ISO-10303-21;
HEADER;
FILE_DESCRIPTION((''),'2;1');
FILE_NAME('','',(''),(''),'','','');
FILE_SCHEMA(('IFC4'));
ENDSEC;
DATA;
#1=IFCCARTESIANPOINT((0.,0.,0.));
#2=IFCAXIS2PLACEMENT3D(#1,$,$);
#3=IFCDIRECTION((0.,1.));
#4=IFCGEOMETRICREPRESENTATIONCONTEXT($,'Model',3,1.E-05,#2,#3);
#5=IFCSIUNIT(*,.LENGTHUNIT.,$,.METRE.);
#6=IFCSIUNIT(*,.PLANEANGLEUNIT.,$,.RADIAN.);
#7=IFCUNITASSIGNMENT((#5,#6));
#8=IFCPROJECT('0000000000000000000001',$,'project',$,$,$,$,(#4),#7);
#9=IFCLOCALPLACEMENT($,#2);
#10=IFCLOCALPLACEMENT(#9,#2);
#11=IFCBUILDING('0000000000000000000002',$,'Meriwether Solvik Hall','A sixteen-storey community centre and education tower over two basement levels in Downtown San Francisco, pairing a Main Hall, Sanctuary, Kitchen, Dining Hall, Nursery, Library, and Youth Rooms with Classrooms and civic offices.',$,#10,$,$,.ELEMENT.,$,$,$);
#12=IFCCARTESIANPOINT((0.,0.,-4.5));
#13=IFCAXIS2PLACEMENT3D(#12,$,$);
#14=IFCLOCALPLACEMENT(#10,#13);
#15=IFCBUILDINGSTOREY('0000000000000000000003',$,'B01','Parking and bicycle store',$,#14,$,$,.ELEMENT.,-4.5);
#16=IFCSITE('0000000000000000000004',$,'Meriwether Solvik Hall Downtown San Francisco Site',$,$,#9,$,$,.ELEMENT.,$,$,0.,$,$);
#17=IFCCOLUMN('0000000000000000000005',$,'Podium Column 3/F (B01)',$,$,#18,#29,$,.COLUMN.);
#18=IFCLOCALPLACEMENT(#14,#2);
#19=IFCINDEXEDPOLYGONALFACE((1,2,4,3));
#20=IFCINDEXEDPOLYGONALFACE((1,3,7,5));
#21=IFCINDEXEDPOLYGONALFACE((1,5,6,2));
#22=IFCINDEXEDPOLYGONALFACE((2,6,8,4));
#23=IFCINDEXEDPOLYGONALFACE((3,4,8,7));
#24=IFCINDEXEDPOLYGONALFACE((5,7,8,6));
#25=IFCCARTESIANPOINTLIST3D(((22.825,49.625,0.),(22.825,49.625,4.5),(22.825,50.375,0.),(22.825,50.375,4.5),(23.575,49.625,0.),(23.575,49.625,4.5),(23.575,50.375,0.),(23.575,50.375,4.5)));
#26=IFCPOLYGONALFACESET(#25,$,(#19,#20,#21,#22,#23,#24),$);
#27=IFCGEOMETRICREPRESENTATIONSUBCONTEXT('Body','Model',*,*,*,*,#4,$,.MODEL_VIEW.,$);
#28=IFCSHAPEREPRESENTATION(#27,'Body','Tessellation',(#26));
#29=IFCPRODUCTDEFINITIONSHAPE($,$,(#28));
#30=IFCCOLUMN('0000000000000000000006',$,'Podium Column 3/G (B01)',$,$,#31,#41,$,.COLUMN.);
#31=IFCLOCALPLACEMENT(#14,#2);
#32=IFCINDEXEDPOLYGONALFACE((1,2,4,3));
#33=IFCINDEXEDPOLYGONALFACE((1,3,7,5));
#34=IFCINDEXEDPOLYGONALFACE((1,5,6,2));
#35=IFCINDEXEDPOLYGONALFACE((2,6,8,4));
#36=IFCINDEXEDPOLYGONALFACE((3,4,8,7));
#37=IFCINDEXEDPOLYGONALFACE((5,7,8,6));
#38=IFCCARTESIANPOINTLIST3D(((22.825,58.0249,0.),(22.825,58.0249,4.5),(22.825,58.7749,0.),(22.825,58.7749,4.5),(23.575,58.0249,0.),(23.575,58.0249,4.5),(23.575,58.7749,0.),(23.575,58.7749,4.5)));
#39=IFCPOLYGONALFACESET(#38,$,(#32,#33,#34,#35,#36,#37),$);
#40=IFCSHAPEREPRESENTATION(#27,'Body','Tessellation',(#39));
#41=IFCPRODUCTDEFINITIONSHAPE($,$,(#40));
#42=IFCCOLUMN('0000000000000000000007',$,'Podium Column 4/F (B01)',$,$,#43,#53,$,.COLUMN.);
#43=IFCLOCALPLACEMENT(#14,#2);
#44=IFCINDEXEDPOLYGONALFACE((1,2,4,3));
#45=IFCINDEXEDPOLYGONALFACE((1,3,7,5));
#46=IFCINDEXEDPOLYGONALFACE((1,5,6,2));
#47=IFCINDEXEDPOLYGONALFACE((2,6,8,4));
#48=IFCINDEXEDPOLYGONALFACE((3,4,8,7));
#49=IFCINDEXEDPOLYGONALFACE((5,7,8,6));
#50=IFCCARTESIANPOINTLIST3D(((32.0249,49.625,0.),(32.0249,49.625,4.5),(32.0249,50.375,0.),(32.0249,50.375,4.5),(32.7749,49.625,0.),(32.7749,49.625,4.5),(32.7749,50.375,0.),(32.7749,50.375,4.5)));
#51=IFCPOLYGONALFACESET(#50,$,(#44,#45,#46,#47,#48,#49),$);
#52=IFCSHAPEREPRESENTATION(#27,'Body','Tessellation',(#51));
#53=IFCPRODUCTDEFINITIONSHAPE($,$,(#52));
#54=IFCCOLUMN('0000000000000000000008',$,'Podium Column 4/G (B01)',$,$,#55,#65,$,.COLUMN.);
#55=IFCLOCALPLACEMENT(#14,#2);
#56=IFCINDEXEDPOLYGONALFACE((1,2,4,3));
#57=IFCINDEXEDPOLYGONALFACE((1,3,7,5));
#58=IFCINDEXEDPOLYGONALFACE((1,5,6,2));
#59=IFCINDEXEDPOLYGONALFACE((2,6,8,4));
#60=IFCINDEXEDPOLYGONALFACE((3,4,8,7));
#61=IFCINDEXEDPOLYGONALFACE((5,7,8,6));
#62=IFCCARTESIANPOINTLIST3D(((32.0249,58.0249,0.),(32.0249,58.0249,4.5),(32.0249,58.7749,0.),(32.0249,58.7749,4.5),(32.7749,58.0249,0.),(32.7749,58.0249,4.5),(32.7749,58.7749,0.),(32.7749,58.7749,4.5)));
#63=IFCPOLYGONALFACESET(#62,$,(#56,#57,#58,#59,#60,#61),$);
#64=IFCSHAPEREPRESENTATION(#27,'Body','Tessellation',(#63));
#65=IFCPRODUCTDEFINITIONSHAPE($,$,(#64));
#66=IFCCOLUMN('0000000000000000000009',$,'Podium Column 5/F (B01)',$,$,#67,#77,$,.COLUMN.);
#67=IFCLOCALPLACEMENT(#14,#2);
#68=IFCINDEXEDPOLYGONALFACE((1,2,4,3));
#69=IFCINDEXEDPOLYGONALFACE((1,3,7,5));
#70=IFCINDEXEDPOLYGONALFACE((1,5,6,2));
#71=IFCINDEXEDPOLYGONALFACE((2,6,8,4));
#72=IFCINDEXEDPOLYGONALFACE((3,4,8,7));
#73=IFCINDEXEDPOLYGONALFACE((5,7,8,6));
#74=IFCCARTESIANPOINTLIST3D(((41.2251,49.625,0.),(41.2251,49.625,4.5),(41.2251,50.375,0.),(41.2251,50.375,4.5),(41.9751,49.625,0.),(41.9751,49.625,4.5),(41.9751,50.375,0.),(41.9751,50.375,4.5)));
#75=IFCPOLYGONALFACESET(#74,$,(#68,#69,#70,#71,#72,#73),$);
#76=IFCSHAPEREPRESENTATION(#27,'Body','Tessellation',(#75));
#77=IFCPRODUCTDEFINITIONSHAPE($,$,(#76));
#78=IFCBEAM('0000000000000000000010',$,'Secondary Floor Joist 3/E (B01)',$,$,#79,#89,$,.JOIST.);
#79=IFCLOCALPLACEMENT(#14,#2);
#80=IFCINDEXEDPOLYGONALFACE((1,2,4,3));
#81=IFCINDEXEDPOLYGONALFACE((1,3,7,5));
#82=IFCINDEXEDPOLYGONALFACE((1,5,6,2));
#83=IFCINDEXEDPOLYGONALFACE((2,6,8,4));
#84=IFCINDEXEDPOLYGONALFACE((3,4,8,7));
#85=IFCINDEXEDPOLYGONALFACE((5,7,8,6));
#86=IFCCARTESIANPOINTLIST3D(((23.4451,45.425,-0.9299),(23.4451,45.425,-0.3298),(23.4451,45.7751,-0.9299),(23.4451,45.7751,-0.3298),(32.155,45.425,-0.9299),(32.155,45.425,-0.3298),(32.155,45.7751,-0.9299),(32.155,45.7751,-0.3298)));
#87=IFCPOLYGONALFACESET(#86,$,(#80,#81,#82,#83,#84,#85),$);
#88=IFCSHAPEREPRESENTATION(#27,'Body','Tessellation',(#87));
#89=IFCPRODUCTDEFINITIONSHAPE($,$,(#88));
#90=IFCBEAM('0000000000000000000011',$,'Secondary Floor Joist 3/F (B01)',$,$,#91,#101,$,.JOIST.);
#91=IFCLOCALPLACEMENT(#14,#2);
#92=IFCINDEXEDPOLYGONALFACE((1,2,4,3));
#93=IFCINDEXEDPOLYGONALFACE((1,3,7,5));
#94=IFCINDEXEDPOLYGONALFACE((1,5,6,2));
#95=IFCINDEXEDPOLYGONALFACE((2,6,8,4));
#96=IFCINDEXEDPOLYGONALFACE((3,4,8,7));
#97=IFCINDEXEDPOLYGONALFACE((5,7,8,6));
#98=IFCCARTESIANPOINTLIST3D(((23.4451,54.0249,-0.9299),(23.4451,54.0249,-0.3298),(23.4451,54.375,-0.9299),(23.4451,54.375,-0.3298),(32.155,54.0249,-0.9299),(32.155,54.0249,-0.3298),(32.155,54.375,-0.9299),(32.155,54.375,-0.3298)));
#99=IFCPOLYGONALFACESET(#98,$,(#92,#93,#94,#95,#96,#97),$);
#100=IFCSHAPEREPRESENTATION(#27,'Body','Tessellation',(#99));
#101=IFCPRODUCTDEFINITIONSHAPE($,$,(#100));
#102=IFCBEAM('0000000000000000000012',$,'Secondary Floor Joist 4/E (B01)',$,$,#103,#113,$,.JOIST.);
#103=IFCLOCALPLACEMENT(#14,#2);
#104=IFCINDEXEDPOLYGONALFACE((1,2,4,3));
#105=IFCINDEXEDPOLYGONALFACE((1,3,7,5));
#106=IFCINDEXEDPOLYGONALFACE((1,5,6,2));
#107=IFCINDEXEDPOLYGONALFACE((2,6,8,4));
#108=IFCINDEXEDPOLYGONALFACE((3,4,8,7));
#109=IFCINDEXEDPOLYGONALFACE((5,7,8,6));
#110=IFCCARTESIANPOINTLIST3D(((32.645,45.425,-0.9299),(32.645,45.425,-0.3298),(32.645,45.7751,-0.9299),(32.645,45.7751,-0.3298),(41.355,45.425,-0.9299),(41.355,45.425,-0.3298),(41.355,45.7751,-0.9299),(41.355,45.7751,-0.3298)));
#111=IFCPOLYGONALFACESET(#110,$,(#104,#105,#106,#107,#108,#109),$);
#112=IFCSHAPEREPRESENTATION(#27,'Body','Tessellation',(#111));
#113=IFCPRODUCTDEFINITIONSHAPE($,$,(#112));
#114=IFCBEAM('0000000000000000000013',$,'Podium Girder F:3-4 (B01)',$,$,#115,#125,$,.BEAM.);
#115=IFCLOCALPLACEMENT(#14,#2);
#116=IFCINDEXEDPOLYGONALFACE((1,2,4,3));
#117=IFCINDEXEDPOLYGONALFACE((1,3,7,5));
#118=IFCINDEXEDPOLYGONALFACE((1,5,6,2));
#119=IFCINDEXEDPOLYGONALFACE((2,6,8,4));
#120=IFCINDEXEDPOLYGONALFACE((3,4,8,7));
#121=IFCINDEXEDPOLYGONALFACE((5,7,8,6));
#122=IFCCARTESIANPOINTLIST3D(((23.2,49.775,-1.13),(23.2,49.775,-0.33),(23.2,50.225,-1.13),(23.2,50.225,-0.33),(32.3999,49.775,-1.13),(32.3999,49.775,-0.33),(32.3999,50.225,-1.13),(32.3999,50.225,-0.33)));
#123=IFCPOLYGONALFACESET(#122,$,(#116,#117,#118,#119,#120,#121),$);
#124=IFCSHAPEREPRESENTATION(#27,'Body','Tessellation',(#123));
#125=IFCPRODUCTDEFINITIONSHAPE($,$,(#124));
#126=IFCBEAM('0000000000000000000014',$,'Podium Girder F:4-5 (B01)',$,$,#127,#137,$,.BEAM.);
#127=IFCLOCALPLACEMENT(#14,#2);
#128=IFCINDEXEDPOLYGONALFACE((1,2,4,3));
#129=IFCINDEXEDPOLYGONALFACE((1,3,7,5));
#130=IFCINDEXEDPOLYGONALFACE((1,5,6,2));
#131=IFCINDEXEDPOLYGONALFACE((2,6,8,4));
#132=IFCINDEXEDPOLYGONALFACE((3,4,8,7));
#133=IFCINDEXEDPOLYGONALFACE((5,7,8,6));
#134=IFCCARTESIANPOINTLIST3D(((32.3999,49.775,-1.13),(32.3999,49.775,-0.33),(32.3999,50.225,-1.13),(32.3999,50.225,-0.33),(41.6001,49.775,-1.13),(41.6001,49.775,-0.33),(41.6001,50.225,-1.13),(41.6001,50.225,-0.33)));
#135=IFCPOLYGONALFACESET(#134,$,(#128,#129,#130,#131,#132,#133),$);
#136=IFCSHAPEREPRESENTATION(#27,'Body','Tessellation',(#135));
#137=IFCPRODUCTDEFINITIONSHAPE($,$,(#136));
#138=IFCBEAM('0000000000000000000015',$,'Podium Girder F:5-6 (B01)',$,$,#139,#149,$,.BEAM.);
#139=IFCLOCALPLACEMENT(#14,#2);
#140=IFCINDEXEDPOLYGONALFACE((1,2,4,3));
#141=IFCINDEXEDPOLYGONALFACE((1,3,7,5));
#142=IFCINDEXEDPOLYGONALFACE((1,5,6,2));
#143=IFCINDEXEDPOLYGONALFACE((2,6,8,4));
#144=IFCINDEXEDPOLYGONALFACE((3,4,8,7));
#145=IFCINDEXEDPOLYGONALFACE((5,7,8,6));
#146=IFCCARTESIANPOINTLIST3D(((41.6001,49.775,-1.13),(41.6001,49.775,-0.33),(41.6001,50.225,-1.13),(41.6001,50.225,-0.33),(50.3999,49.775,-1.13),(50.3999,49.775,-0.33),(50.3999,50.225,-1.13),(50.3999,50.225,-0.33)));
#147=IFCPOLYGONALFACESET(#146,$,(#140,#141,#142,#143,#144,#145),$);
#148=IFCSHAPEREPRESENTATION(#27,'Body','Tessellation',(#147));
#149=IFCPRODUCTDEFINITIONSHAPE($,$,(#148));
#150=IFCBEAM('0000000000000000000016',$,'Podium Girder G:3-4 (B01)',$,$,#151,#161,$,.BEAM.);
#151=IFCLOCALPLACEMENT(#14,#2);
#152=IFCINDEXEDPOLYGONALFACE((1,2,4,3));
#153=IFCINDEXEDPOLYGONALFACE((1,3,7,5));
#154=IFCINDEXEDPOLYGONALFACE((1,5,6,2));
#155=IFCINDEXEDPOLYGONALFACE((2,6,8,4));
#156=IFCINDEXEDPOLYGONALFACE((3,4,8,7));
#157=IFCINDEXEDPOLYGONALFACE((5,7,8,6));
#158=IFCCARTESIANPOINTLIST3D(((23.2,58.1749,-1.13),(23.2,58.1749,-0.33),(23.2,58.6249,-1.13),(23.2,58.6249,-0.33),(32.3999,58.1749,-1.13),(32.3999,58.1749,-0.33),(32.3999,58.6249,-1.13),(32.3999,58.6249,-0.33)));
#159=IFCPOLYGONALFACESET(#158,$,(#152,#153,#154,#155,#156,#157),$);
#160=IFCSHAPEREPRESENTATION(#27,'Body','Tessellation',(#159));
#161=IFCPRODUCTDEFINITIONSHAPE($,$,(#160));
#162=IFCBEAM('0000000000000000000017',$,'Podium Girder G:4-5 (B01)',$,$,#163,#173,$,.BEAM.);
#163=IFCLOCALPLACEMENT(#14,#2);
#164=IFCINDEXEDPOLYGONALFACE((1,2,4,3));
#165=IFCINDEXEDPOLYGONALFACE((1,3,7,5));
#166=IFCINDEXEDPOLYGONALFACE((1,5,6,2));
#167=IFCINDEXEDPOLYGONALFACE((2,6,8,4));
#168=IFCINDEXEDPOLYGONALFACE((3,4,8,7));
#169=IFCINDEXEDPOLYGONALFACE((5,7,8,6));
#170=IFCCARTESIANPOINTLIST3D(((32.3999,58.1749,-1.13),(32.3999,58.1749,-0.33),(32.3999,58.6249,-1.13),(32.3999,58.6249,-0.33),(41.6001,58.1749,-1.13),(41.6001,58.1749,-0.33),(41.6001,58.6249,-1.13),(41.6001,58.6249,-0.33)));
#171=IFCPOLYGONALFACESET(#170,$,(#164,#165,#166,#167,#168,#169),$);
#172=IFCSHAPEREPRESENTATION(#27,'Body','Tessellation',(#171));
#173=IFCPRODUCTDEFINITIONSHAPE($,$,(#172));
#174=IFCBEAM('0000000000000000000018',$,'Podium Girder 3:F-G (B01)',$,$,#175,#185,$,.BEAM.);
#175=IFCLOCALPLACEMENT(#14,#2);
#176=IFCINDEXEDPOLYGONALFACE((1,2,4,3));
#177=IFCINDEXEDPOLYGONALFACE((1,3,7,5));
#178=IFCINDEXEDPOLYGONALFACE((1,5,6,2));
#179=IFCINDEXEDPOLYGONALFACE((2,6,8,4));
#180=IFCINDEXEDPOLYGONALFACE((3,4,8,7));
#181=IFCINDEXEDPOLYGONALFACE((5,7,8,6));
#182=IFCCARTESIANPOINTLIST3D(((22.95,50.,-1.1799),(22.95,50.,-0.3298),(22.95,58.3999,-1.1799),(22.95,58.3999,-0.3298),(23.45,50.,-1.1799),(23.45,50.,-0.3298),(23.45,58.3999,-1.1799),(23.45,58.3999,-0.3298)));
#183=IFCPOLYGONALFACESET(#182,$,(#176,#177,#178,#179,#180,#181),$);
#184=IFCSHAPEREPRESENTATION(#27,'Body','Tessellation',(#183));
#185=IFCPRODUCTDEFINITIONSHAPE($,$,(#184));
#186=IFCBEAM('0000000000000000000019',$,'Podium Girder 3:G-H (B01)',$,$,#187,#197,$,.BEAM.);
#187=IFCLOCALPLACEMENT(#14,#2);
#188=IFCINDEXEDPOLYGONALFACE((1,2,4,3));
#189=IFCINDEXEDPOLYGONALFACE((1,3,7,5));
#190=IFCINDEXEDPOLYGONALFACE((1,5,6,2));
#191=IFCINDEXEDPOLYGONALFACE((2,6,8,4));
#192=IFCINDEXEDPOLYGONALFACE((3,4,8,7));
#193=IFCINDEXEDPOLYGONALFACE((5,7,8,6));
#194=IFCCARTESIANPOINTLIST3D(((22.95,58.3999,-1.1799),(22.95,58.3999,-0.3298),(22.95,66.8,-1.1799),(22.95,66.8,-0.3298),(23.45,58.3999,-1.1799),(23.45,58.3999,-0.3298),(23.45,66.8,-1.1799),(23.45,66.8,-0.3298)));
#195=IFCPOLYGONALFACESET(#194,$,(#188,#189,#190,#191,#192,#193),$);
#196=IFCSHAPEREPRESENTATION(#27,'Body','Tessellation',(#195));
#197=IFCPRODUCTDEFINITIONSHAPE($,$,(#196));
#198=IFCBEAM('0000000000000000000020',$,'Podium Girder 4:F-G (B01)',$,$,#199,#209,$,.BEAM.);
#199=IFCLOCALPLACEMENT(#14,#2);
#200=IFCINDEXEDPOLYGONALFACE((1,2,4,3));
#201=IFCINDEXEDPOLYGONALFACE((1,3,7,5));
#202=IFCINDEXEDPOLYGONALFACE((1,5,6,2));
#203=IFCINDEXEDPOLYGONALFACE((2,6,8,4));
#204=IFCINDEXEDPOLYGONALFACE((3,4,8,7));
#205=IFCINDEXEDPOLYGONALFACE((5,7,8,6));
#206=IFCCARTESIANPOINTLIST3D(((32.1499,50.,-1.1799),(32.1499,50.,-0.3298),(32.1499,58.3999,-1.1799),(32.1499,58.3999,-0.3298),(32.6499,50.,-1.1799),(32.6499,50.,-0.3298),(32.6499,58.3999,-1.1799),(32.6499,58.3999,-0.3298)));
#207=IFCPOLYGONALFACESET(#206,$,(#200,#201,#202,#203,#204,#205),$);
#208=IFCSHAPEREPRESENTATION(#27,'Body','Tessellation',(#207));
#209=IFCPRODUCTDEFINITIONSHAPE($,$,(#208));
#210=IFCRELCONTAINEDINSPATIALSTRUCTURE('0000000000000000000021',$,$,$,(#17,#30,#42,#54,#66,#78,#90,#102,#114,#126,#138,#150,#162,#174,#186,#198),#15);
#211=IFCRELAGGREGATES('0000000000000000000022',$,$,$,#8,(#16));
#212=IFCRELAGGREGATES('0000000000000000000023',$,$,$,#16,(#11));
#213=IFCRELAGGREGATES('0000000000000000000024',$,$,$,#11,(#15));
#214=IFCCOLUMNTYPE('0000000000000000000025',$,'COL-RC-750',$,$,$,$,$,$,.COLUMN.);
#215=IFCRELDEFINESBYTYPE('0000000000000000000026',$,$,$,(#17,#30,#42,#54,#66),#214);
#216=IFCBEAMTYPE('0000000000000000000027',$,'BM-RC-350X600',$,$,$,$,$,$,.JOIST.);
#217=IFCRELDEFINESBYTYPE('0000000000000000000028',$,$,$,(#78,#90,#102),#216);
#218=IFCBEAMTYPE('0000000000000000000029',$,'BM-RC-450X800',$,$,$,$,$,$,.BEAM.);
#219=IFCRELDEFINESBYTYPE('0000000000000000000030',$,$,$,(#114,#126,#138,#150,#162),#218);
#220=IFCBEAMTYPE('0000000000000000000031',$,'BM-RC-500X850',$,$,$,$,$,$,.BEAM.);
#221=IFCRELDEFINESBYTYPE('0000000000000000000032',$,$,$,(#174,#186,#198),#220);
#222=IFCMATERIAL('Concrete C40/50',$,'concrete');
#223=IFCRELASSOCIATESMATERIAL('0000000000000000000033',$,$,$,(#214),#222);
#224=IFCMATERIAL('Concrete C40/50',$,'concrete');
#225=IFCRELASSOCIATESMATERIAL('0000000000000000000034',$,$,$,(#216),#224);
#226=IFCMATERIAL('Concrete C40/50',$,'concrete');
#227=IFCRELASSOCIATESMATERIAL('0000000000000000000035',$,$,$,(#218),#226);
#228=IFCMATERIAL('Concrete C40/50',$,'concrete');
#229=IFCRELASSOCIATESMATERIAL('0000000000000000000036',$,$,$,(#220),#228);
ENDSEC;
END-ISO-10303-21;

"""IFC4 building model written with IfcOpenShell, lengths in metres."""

from ifc_helpers import new_model, si_unit, direction, frame, origin, origin_2d, place, context, subcontext, project, spatial, rectangle, extrude, material, material_profile, profile_set, type_object, element, save


model = new_model("IFC4")

# Units and contexts
model_context = context("Model", 3, precision=1e-05, world=origin(), true_north=direction((0.0, 1.0)))
body_context = subcontext(model_context, "Body", "Model", "MODEL_VIEW")
ifc_project = project(units=[si_unit("LENGTHUNIT", "METRE"), si_unit("PLANEANGLEUNIT", "RADIAN")], contexts=[model_context])

# Site, building, storey
site_placement = place(None, origin())
site = spatial("IfcSite", under=ifc_project, at=site_placement, Name="Meriwether Solvik Hall Downtown San Francisco Site", CompositionType="ELEMENT", RefElevation=0.0)
building_placement = place(site_placement, origin())
building = spatial("IfcBuilding", under=site, at=building_placement, Name="Meriwether Solvik Hall", Description="A sixteen-storey community centre and education tower over two basement levels in Downtown San Francisco, pairing a Main Hall, Sanctuary, Kitchen, Dining Hall, Nursery, Library, and Youth Rooms with Classrooms and civic offices.", CompositionType="ELEMENT")
storey_placement = place(building_placement, frame((0.0, 0.0, -4.5)))
storey = spatial("IfcBuildingStorey", under=building, at=storey_placement, Name="B01", Description="Parking and bicycle store", CompositionType="ELEMENT", Elevation=-4.5)

# Columns
ifc_material_1 = material(Name="Concrete C40/50", Category="concrete")
ifc_material_profile_1 = material_profile(ifc_material_1, rectangle(XDim=0.75, YDim=0.75, at=origin_2d()), Name="RCC-750X750")
ifc_profile_set_1 = profile_set([ifc_material_profile_1], Name="Concrete C40/50")
column_type = type_object("IfcColumnType", Name="COL-RC-750", PredefinedType="COLUMN", material=ifc_profile_set_1)
for number, where, z_axis, x_axis, name in (
    (1, (23.2, 50.0, 0.0), (0.0, 0.0, 1.0), (1.0, 0.0, 0.0), "Podium Column 3/F (B01)"),
    (2, (23.2, 58.3999, 0.0), (0.0, 0.0, 1.0), (1.0, 0.0, 0.0), "Podium Column 3/G (B01)"),
    (3, (32.3999, 50.0, 0.0), (0.0, 0.0, 1.0), (1.0, 0.0, 0.0), "Podium Column 4/F (B01)"),
    (4, (32.3999, 58.3999, 0.0), (0.0, 0.0, 1.0), (1.0, 0.0, 0.0), "Podium Column 4/G (B01)"),
    (5, (41.6001, 50.0, 0.0), (0.0, 0.0, 1.0), (1.0, 0.0, 0.0), "Podium Column 5/F (B01)"),
):
    element("IfcColumn", number, at=place(storey_placement, frame(where, z_axis=z_axis, x_axis=x_axis)), inside=storey, type_object=column_type, Name=name, PredefinedType="COLUMN", context=body_context, shape_type="SweptSolid", body=[
        extrude(rectangle(XDim=0.75, YDim=0.75, at=origin_2d()), origin(), (0.0, 0.0, 1.0), 4.5),
    ])

# Beams
ifc_material_2 = material(Name="Concrete C40/50", Category="concrete")
ifc_material_profile_2 = material_profile(ifc_material_2, rectangle(XDim=0.3501, YDim=0.6001, at=origin_2d()), Name="RCB-350X600")
ifc_profile_set_2 = profile_set([ifc_material_profile_2], Name="Concrete C40/50")
beam_type_1 = type_object("IfcBeamType", Name="BM-RC-350X600", PredefinedType="JOIST", material=ifc_profile_set_2)
for number, where, z_axis, x_axis, name in (
    (6, (23.4451, 45.6001, -0.6299), (1.0, 0.0, 0.0), (0.0, 1.0, 0.0), "Secondary Floor Joist 3/E (B01)"),
    (7, (23.4451, 54.2, -0.6299), (1.0, 0.0, 0.0), (0.0, 1.0, 0.0), "Secondary Floor Joist 3/F (B01)"),
    (8, (32.645, 45.6001, -0.6299), (1.0, 0.0, 0.0), (0.0, 1.0, 0.0), "Secondary Floor Joist 4/E (B01)"),
):
    element("IfcBeam", number, at=place(storey_placement, frame(where, z_axis=z_axis, x_axis=x_axis)), inside=storey, type_object=beam_type_1, Name=name, PredefinedType="JOIST", context=body_context, shape_type="SweptSolid", body=[
        extrude(rectangle(XDim=0.3501, YDim=0.6001, at=origin_2d()), origin(), (0.0, 0.0, 1.0), 8.71),
    ])
ifc_material_3 = material(Name="Concrete C40/50", Category="concrete")
ifc_material_profile_3 = material_profile(ifc_material_3, rectangle(XDim=0.45, YDim=0.8, at=origin_2d()), Name="RCB-450X800")
ifc_profile_set_3 = profile_set([ifc_material_profile_3], Name="Concrete C40/50")
beam_type_2 = type_object("IfcBeamType", Name="BM-RC-450X800", PredefinedType="BEAM", material=ifc_profile_set_3)
beam_1_placement = place(storey_placement, frame((23.2, 50.0, -0.73), z_axis=(1.0, 0.0, 0.0), x_axis=(0.0, 1.0, 0.0)))
element("IfcBeam", 9, at=beam_1_placement, inside=storey, type_object=beam_type_2, Name="Podium Girder F:3-4 (B01)", PredefinedType="BEAM", context=body_context, shape_type="SweptSolid", body=[
    extrude(rectangle(XDim=0.45, YDim=0.8, at=origin_2d()), origin(), (0.0, 0.0, 1.0), 9.2),
])
beam_2_placement = place(storey_placement, frame((32.3999, 50.0, -0.73), z_axis=(1.0, 0.0, 0.0), x_axis=(0.0, 1.0, 0.0)))
element("IfcBeam", 10, at=beam_2_placement, inside=storey, type_object=beam_type_2, Name="Podium Girder F:4-5 (B01)", PredefinedType="BEAM", context=body_context, shape_type="SweptSolid", body=[
    extrude(rectangle(XDim=0.45, YDim=0.8, at=origin_2d()), origin(), (0.0, 0.0, 1.0), 9.2002),
])
beam_3_placement = place(storey_placement, frame((41.6001, 50.0, -0.73), z_axis=(1.0, 0.0, 0.0), x_axis=(0.0, 1.0, 0.0)))
element("IfcBeam", 11, at=beam_3_placement, inside=storey, type_object=beam_type_2, Name="Podium Girder F:5-6 (B01)", PredefinedType="BEAM", context=body_context, shape_type="SweptSolid", body=[
    extrude(rectangle(XDim=0.45, YDim=0.8, at=origin_2d()), origin(), (0.0, 0.0, 1.0), 8.7998),
])
beam_4_placement = place(storey_placement, frame((23.2, 58.3999, -0.73), z_axis=(1.0, 0.0, 0.0), x_axis=(0.0, 1.0, 0.0)))
element("IfcBeam", 12, at=beam_4_placement, inside=storey, type_object=beam_type_2, Name="Podium Girder G:3-4 (B01)", PredefinedType="BEAM", context=body_context, shape_type="SweptSolid", body=[
    extrude(rectangle(XDim=0.45, YDim=0.8, at=origin_2d()), origin(), (0.0, 0.0, 1.0), 9.2),
])
beam_5_placement = place(storey_placement, frame((32.3999, 58.3999, -0.73), z_axis=(1.0, 0.0, 0.0), x_axis=(0.0, 1.0, 0.0)))
element("IfcBeam", 13, at=beam_5_placement, inside=storey, type_object=beam_type_2, Name="Podium Girder G:4-5 (B01)", PredefinedType="BEAM", context=body_context, shape_type="SweptSolid", body=[
    extrude(rectangle(XDim=0.45, YDim=0.8, at=origin_2d()), origin(), (0.0, 0.0, 1.0), 9.2002),
])
ifc_material_4 = material(Name="Concrete C40/50", Category="concrete")
ifc_material_profile_4 = material_profile(ifc_material_4, rectangle(XDim=0.5, YDim=0.8501, at=origin_2d()), Name="RCB-500X850")
ifc_profile_set_4 = profile_set([ifc_material_profile_4], Name="Concrete C40/50")
beam_type_3 = type_object("IfcBeamType", Name="BM-RC-500X850", PredefinedType="BEAM", material=ifc_profile_set_4)
beam_6_placement = place(storey_placement, frame((23.2, 50.0, -0.7549), z_axis=(0.0, 1.0, 0.0), x_axis=(-1.0, 0.0, 0.0)))
element("IfcBeam", 14, at=beam_6_placement, inside=storey, type_object=beam_type_3, Name="Podium Girder 3:F-G (B01)", PredefinedType="BEAM", context=body_context, shape_type="SweptSolid", body=[
    extrude(rectangle(XDim=0.5, YDim=0.8501, at=origin_2d()), origin(), (0.0, 0.0, 1.0), 8.3999),
])
beam_7_placement = place(storey_placement, frame((23.2, 58.3999, -0.7549), z_axis=(0.0, 1.0, 0.0), x_axis=(-1.0, 0.0, 0.0)))
element("IfcBeam", 15, at=beam_7_placement, inside=storey, type_object=beam_type_3, Name="Podium Girder 3:G-H (B01)", PredefinedType="BEAM", context=body_context, shape_type="SweptSolid", body=[
    extrude(rectangle(XDim=0.5, YDim=0.8501, at=origin_2d()), origin(), (0.0, 0.0, 1.0), 8.4001),
])
beam_8_placement = place(storey_placement, frame((32.3999, 50.0, -0.7549), z_axis=(0.0, 1.0, 0.0), x_axis=(-1.0, 0.0, 0.0)))
element("IfcBeam", 16, at=beam_8_placement, inside=storey, type_object=beam_type_3, Name="Podium Girder 4:F-G (B01)", PredefinedType="BEAM", context=body_context, shape_type="SweptSolid", body=[
    extrude(rectangle(XDim=0.5, YDim=0.8501, at=origin_2d()), origin(), (0.0, 0.0, 1.0), 8.3999),
])

save(model, "model.ifc")
